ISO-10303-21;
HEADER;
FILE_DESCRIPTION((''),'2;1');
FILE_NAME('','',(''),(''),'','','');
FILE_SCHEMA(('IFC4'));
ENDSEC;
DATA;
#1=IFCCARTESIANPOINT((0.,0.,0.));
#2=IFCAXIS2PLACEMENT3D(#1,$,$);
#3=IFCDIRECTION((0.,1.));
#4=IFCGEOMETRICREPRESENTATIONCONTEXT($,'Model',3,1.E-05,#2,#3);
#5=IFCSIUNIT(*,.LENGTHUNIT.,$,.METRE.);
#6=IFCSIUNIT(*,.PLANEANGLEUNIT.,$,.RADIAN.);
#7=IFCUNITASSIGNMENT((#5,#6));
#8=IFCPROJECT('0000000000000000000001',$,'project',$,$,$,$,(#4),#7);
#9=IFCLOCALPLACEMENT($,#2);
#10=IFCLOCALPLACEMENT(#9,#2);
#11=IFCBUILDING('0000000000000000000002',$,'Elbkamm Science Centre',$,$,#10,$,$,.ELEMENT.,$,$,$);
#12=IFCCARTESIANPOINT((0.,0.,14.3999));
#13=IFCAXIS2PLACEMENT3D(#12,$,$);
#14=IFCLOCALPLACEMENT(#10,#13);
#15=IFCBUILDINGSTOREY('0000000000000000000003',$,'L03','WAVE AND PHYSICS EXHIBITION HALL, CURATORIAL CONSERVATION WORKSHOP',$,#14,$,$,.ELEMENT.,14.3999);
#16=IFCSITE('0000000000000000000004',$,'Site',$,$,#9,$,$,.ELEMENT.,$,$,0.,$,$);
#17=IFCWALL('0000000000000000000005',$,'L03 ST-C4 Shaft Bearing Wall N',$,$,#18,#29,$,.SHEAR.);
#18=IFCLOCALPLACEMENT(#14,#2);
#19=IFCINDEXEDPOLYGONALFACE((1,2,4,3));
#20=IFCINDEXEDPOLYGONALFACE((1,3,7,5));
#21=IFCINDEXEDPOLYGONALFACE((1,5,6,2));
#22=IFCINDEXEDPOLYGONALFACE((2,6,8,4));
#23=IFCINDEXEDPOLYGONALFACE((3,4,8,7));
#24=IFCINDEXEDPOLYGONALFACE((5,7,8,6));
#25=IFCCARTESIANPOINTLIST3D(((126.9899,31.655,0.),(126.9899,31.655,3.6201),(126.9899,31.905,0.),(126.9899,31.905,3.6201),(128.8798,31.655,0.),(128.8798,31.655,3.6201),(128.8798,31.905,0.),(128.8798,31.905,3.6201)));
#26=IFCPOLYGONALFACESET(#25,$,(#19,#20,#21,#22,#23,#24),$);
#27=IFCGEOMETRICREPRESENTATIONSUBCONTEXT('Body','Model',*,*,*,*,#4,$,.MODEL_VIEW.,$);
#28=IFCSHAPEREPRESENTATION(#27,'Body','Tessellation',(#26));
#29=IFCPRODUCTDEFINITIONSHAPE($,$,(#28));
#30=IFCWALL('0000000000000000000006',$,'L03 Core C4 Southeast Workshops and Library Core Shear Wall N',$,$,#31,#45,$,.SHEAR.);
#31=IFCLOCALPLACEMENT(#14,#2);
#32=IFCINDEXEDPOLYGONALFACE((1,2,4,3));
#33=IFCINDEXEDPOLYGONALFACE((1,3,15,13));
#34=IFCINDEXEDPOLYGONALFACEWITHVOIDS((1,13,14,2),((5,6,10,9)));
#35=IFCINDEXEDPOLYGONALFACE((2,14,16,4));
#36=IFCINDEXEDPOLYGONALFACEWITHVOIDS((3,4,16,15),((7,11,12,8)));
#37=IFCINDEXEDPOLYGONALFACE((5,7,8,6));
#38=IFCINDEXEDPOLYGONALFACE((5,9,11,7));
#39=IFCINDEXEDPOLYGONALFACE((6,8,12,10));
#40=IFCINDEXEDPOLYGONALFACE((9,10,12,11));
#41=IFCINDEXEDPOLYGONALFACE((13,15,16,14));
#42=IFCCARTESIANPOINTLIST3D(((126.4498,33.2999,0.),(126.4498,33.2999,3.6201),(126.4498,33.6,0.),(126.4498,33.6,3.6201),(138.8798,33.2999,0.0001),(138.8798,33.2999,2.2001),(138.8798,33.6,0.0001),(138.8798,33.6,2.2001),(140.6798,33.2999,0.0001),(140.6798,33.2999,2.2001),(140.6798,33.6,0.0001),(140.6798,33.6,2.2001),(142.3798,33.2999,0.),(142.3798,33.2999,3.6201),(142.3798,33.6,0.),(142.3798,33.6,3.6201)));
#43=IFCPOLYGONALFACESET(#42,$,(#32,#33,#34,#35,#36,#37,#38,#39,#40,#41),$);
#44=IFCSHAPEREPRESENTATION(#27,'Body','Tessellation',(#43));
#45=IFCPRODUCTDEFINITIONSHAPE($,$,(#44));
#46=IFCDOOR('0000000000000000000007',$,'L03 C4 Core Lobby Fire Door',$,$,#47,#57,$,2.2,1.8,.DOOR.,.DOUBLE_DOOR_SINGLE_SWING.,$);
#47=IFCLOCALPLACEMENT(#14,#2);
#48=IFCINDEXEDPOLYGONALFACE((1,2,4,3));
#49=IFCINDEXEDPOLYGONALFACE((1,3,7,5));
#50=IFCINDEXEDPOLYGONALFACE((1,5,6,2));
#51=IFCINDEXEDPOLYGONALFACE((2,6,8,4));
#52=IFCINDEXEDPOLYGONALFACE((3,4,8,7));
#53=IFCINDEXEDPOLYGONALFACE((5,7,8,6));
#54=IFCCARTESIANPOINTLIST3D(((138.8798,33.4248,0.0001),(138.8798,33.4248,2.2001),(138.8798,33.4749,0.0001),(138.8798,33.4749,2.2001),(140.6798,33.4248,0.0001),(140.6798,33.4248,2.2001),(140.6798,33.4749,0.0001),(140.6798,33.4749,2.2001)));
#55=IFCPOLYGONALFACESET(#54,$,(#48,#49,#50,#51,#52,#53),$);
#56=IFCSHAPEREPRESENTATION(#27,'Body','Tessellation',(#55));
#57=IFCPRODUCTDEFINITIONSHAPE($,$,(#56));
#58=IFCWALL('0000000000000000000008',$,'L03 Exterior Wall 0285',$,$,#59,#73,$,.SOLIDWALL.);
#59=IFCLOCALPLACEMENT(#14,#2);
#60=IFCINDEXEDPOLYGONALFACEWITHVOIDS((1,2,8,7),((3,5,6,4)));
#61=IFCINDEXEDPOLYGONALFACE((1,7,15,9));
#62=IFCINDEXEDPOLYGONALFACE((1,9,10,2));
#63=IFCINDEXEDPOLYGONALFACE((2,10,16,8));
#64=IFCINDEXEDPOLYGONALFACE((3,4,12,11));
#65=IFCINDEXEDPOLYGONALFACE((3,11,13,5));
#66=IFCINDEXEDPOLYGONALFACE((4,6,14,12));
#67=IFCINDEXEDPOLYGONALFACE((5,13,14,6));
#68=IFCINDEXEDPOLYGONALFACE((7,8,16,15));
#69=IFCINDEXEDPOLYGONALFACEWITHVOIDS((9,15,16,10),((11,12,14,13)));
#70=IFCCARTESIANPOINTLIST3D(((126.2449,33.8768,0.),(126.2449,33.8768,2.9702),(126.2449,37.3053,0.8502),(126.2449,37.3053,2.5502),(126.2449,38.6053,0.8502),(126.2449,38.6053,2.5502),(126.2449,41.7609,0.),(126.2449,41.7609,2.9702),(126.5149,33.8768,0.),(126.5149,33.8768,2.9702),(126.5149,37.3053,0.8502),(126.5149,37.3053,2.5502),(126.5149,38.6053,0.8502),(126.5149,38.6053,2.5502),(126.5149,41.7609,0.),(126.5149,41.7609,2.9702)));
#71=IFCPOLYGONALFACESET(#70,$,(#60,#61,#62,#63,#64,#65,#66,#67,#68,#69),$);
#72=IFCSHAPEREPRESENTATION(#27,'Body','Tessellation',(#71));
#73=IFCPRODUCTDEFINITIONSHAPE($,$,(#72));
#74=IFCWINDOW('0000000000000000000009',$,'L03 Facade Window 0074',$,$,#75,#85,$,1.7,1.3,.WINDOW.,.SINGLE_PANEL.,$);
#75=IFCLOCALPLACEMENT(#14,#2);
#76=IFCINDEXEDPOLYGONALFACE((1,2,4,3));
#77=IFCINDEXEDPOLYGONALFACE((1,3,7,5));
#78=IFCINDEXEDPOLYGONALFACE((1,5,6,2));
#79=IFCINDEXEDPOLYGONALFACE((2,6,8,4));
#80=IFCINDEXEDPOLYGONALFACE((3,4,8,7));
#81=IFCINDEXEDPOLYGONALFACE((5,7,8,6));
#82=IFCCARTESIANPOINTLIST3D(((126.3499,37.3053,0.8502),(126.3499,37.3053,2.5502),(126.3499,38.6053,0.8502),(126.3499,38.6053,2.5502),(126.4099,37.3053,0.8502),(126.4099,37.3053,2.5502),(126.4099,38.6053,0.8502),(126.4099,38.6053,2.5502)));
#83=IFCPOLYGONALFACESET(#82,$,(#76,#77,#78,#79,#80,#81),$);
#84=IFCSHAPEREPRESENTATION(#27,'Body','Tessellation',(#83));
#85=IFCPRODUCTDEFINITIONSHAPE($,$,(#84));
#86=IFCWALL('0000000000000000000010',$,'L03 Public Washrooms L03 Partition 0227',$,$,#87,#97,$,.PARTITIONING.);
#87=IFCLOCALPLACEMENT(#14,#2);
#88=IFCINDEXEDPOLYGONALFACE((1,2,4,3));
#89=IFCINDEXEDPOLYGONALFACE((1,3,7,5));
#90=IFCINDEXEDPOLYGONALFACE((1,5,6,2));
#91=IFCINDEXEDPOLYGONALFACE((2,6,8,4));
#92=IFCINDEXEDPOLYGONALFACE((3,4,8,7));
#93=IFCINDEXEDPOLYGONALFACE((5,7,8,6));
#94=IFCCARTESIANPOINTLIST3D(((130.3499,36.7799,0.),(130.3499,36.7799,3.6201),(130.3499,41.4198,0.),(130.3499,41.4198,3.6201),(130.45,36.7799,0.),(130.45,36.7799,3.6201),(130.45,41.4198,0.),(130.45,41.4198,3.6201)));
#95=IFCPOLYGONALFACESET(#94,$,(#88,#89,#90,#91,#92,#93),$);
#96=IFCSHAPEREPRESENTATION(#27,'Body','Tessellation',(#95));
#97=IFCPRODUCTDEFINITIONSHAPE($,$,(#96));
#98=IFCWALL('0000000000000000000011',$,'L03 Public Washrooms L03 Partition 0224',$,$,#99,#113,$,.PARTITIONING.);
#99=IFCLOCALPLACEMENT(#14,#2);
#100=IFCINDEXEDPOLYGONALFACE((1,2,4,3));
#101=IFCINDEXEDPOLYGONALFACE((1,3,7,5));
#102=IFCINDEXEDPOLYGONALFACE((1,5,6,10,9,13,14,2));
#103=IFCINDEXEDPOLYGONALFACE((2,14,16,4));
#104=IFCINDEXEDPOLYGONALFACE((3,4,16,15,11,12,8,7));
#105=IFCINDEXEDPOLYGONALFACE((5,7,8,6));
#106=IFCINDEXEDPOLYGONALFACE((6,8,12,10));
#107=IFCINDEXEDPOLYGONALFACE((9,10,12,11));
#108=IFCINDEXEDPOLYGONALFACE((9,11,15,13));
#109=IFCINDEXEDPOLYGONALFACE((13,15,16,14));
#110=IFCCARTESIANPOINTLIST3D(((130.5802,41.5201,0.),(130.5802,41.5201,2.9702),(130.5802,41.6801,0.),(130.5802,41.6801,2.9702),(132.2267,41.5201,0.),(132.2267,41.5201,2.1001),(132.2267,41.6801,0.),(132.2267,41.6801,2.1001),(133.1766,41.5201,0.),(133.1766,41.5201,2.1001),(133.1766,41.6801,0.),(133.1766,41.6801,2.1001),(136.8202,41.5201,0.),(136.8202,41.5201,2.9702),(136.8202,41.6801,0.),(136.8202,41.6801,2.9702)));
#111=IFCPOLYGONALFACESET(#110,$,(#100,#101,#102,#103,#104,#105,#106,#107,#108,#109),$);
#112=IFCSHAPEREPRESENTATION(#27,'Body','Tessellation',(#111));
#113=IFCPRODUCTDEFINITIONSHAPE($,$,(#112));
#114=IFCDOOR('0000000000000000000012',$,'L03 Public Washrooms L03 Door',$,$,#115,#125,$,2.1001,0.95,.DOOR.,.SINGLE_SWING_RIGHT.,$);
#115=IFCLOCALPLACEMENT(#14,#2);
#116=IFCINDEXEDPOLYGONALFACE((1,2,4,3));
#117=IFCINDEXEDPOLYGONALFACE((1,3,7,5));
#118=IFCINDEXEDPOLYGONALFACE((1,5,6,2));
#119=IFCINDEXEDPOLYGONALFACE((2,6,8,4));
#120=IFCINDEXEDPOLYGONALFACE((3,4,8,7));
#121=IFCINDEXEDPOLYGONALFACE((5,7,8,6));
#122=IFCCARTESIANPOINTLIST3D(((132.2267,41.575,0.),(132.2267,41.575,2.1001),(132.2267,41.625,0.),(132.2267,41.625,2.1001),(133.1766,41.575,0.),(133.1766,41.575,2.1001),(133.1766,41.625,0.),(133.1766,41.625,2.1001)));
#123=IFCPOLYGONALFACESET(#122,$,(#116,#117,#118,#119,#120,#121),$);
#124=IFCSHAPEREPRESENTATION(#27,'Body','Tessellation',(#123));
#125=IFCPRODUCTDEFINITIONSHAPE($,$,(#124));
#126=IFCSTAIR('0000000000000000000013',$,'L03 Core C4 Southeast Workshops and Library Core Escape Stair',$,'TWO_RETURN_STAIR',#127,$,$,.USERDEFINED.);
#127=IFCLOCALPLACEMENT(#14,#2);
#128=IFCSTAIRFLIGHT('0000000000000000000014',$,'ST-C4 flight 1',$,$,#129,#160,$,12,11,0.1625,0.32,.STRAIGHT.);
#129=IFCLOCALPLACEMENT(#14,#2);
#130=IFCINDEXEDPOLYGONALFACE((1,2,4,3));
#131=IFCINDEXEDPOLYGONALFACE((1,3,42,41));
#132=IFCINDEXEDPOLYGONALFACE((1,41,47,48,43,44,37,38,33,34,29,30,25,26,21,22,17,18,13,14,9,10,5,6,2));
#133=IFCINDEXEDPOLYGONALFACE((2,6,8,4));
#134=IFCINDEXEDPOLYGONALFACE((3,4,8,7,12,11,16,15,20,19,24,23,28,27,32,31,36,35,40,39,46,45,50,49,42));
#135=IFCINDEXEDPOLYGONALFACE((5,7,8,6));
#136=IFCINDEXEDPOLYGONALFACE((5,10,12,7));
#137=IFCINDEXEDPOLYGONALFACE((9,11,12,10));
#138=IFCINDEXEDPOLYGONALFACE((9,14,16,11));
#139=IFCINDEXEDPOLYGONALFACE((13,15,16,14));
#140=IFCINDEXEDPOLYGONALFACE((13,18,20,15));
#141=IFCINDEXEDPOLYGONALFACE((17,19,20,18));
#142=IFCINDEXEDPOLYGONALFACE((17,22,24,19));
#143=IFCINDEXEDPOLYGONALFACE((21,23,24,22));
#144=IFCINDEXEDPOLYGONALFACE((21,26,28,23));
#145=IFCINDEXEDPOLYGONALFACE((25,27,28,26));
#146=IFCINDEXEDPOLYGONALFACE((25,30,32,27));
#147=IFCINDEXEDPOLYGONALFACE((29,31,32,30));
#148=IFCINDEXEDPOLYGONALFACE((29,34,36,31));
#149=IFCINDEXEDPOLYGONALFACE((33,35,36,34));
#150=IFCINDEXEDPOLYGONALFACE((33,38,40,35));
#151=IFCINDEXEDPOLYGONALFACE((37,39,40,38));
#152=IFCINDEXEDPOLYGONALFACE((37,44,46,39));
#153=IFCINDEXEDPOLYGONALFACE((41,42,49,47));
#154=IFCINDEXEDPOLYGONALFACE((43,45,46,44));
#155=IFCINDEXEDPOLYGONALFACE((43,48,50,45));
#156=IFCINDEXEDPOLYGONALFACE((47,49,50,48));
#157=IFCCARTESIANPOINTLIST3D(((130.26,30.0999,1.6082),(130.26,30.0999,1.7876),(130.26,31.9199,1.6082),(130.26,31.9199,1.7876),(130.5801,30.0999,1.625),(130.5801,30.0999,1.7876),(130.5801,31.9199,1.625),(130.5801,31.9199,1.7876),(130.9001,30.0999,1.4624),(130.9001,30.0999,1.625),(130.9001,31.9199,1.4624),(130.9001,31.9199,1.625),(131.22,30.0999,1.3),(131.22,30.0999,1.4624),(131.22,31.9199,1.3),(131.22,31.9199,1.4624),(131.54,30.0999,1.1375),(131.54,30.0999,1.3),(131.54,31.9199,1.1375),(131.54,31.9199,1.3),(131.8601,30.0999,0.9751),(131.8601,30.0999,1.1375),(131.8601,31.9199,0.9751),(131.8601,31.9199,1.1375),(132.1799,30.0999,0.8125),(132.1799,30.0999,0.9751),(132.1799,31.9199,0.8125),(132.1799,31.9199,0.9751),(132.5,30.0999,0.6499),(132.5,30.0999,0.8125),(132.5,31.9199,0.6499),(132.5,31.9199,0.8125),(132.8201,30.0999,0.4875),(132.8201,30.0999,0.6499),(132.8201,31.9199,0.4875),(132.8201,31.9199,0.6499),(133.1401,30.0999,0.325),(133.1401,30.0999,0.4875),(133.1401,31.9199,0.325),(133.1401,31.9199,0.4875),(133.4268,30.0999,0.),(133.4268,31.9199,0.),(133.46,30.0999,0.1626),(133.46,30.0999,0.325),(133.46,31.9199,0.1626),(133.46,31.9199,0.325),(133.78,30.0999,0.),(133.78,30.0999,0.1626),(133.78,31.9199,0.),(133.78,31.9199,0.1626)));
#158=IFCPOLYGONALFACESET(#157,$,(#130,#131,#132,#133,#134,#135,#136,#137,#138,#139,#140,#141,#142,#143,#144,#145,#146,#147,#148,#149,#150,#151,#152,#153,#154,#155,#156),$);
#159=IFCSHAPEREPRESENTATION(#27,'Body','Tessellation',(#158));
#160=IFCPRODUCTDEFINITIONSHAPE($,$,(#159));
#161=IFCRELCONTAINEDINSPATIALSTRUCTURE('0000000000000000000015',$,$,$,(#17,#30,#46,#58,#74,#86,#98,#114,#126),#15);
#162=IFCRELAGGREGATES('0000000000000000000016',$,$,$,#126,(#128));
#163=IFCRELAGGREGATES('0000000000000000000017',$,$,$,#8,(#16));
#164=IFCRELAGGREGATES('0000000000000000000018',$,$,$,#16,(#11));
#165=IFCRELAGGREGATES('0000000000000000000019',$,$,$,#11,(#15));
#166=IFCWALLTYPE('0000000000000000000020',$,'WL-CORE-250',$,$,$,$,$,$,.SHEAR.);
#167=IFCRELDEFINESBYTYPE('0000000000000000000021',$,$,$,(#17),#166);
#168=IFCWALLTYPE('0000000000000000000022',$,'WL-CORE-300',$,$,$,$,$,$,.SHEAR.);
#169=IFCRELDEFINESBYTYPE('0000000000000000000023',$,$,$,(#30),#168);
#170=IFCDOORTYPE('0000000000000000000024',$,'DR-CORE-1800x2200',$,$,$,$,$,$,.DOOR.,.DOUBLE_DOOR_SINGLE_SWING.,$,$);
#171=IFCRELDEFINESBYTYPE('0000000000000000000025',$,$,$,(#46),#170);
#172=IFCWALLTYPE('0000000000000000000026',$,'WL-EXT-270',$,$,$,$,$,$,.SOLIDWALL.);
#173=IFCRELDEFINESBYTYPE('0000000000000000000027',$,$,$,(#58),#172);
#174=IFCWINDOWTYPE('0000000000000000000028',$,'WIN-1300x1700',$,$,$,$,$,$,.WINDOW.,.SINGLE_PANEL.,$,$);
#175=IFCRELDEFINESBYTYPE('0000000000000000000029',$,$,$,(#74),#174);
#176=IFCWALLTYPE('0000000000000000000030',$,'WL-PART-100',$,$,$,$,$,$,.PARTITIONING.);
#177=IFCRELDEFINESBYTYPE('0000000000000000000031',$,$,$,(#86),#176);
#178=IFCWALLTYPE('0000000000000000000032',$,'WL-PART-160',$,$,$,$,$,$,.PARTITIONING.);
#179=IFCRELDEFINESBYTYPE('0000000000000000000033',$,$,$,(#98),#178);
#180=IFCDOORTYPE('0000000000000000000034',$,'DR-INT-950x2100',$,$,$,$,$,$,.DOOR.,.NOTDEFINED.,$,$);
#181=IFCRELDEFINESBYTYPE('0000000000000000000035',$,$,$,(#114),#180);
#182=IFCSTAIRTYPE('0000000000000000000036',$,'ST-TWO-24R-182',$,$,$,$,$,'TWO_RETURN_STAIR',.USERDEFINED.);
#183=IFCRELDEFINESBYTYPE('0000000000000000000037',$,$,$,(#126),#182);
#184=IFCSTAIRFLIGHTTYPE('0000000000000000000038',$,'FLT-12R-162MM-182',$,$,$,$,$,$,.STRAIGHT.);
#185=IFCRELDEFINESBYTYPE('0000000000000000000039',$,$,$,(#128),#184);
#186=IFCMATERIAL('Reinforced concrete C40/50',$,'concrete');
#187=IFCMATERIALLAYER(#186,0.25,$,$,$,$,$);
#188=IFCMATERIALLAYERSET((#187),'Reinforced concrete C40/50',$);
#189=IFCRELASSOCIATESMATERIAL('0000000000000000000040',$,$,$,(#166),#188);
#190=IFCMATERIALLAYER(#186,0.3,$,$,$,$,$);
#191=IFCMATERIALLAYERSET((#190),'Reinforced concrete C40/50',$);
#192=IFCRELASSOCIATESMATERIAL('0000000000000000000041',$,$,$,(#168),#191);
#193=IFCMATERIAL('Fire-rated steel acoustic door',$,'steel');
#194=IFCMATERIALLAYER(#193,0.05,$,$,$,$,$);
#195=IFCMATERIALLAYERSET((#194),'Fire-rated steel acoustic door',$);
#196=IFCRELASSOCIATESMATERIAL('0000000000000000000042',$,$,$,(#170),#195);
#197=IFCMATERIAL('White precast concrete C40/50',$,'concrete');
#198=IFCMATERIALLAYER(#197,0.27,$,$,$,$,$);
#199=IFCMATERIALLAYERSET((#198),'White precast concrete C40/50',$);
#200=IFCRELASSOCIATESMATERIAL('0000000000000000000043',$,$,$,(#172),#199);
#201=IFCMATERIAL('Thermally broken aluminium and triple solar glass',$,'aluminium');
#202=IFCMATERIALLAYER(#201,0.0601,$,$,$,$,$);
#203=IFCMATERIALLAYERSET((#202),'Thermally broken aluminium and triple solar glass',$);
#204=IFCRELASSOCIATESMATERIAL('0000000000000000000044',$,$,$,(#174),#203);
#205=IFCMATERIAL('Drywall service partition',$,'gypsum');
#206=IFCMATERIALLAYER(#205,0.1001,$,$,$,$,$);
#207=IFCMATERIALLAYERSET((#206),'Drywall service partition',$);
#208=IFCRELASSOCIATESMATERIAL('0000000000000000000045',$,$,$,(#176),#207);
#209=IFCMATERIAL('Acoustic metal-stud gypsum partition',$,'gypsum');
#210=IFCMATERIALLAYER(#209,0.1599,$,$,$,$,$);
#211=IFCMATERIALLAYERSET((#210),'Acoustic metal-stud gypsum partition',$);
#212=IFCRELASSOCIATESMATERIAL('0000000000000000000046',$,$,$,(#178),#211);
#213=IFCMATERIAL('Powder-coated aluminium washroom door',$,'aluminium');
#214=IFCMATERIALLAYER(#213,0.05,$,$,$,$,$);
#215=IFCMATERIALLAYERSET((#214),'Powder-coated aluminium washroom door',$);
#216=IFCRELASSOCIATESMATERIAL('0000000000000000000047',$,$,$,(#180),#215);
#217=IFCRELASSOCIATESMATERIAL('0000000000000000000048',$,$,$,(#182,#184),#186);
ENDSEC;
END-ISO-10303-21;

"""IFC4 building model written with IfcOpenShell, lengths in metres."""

from ifc_helpers import new_model, si_unit, direction, frame, frame_2d, origin, place, context, subcontext, project, spatial, polyline, rectangle, outline, extrude, material, layer, layer_set, type_object, element, fill, aggregate, save


model = new_model("IFC4")

# Units and contexts
model_context = context("Model", 3, precision=1e-05, world=origin(), true_north=direction((0.0, 1.0)))
body_context = subcontext(model_context, "Body", "Model", "MODEL_VIEW")
ifc_project = project(units=[si_unit("LENGTHUNIT", "METRE"), si_unit("PLANEANGLEUNIT", "RADIAN")], contexts=[model_context])

# Site, building, storey
site_placement = place(None, origin())
site = spatial("IfcSite", under=ifc_project, at=site_placement, Name="Site", CompositionType="ELEMENT", RefElevation=0.0)
building_placement = place(site_placement, origin())
building = spatial("IfcBuilding", under=site, at=building_placement, Name="Elbkamm Science Centre", CompositionType="ELEMENT")
storey_placement = place(building_placement, frame((0.0, 0.0, 14.3999)))
storey = spatial("IfcBuildingStorey", under=building, at=storey_placement, Name="L03", Description="WAVE AND PHYSICS EXHIBITION HALL, CURATORIAL CONSERVATION WORKSHOP", CompositionType="ELEMENT", Elevation=14.3999)

# Wall
ifc_material_1 = material(Name="Reinforced concrete C40/50", Category="concrete")
ifc_layer_1 = layer(ifc_material_1, 0.25)
ifc_layer_set_1 = layer_set([ifc_layer_1], Name="Reinforced concrete C40/50")
wall_type_1 = type_object("IfcWallType", Name="WL-CORE-250", PredefinedType="SHEAR", material=ifc_layer_set_1)
wall_1_placement = place(storey_placement, frame((126.99, 31.78, 0.0), z_axis=(0.0, 0.0, 1.0), x_axis=(1.0, 0.0, 0.0)))
element("IfcWall", 1, at=wall_1_placement, inside=storey, type_object=wall_type_1, Name="L03 ST-C4 Shaft Bearing Wall N", PredefinedType="SHEAR", context=body_context, shape_type="SweptSolid", body=[
    extrude(rectangle(XDim=1.8899, YDim=0.25, at=frame_2d((0.9448, 0.0))), origin(), (0.0, 0.0, 1.0), 3.6201),
])

# Wall, opening, door
ifc_layer_2 = layer(ifc_material_1, 0.3)
ifc_layer_set_2 = layer_set([ifc_layer_2], Name="Reinforced concrete C40/50")
wall_type_2 = type_object("IfcWallType", Name="WL-CORE-300", PredefinedType="SHEAR", material=ifc_layer_set_2)
wall_2_placement = place(storey_placement, frame((126.45, 33.45, 0.0), z_axis=(0.0, 0.0, 1.0), x_axis=(1.0, 0.0, 0.0)))
wall_2 = element("IfcWall", 2, at=wall_2_placement, inside=storey, type_object=wall_type_2, Name="L03 Core C4 Southeast Workshops and Library Core Shear Wall N", PredefinedType="SHEAR", context=body_context, shape_type="SweptSolid", body=[
    extrude(rectangle(XDim=15.9299, YDim=0.3, at=frame_2d((7.9648, 0.0))), origin(), (0.0, 0.0, 1.0), 3.6201),
])
opening_1_placement = place(wall_2_placement, frame((12.4299, 0.0, 0.0)))
opening_1 = element("IfcOpeningElement", 3, at=opening_1_placement, cuts=wall_2, PredefinedType="OPENING", context=body_context, shape_type="SweptSolid", body=[
    extrude(rectangle(XDim=1.8, YDim=2.2, at=frame_2d((0.8999, 1.1001))), frame((0.0, 0.1621, 0.0), z_axis=(0.0, -1.0, 0.0), x_axis=(1.0, 0.0, 0.0)), (0.0, 0.0, 1.0), 0.324),
])
ifc_material_2 = material(Name="Fire-rated steel acoustic door", Category="steel")
ifc_layer_3 = layer(ifc_material_2, 0.05)
ifc_layer_set_3 = layer_set([ifc_layer_3], Name="Fire-rated steel acoustic door")
door_type_1 = type_object("IfcDoorType", Name="DR-CORE-1800x2200", OperationType="DOUBLE_DOOR_SINGLE_SWING", PredefinedType="DOOR", material=ifc_layer_set_3)
door_1_placement = place(opening_1_placement, origin())
door_1 = element("IfcDoor", 4, at=door_1_placement, inside=storey, type_object=door_type_1, Name="L03 C4 Core Lobby Fire Door", OperationType="DOUBLE_DOOR_SINGLE_SWING", OverallHeight=2.2, OverallWidth=1.8, PredefinedType="DOOR", context=body_context, shape_type="SweptSolid", body=[
    extrude(rectangle(XDim=1.8, YDim=2.2, at=frame_2d((0.8999, 1.1001))), frame((0.0, 0.0249, 0.0), z_axis=(0.0, -1.0, 0.0), x_axis=(1.0, 0.0, 0.0)), (0.0, 0.0, 1.0), 0.05),
])
fill(opening_1, door_1)

# Wall, opening, window
ifc_material_3 = material(Name="White precast concrete C40/50", Category="concrete")
ifc_layer_4 = layer(ifc_material_3, 0.27)
ifc_layer_set_4 = layer_set([ifc_layer_4], Name="White precast concrete C40/50")
wall_type_3 = type_object("IfcWallType", Name="WL-EXT-270", PredefinedType="SOLIDWALL", material=ifc_layer_set_4)
wall_3_placement = place(storey_placement, frame((126.3799, 33.877, 0.0), z_axis=(0.0, 0.0, 1.0), x_axis=(0.0, 1.0, 0.0)))
wall_3 = element("IfcWall", 5, at=wall_3_placement, inside=storey, type_object=wall_type_3, Name="L03 Exterior Wall 0285", PredefinedType="SOLIDWALL", context=body_context, shape_type="SweptSolid", body=[
    extrude(rectangle(XDim=7.884, YDim=0.27, at=frame_2d((3.9419, 0.0))), origin(), (0.0, 0.0, 1.0), 2.9702),
])
opening_2_placement = place(wall_3_placement, frame((3.4285, 0.0, 0.8501)))
opening_2 = element("IfcOpeningElement", 6, at=opening_2_placement, cuts=wall_3, PredefinedType="OPENING", context=body_context, shape_type="SweptSolid", body=[
    extrude(rectangle(XDim=1.3, YDim=1.7, at=frame_2d((0.6499, 0.8501))), frame((0.0, 0.147, 0.0), z_axis=(0.0, -1.0, 0.0), x_axis=(1.0, 0.0, 0.0)), (0.0, 0.0, 1.0), 0.2939),
])
ifc_material_4 = material(Name="Thermally broken aluminium and triple solar glass", Category="aluminium")
ifc_layer_5 = layer(ifc_material_4, 0.0601)
ifc_layer_set_5 = layer_set([ifc_layer_5], Name="Thermally broken aluminium and triple solar glass")
window_type = type_object("IfcWindowType", Name="WIN-1300x1700", PartitioningType="SINGLE_PANEL", PredefinedType="WINDOW", material=ifc_layer_set_5)
window_placement = place(opening_2_placement, origin())
window = element("IfcWindow", 7, at=window_placement, inside=storey, type_object=window_type, Name="L03 Facade Window 0074", OverallHeight=1.7, OverallWidth=1.3, PartitioningType="SINGLE_PANEL", PredefinedType="WINDOW", context=body_context, shape_type="SweptSolid", body=[
    extrude(rectangle(XDim=1.3, YDim=1.7, at=frame_2d((0.6499, 0.8501))), frame((0.0, 0.03, 0.0), z_axis=(0.0, -1.0, 0.0), x_axis=(1.0, 0.0, 0.0)), (0.0, 0.0, 1.0), 0.0601),
])
fill(opening_2, window)

# Wall
ifc_material_5 = material(Name="Drywall service partition", Category="gypsum")
ifc_layer_6 = layer(ifc_material_5, 0.1001)
ifc_layer_set_6 = layer_set([ifc_layer_6], Name="Drywall service partition")
wall_type_4 = type_object("IfcWallType", Name="WL-PART-100", PredefinedType="PARTITIONING", material=ifc_layer_set_6)
wall_4_placement = place(storey_placement, frame((130.3999, 36.78, 0.0), z_axis=(0.0, 0.0, 1.0), x_axis=(0.0, 1.0, 0.0)))
element("IfcWall", 8, at=wall_4_placement, inside=storey, type_object=wall_type_4, Name="L03 Public Washrooms L03 Partition 0227", PredefinedType="PARTITIONING", context=body_context, shape_type="SweptSolid", body=[
    extrude(rectangle(XDim=4.6399, YDim=0.1001, at=frame_2d((2.3198, 0.0))), origin(), (0.0, 0.0, 1.0), 3.6201),
])

# Wall, opening, door
ifc_material_6 = material(Name="Acoustic metal-stud gypsum partition", Category="gypsum")
ifc_layer_7 = layer(ifc_material_6, 0.1599)
ifc_layer_set_7 = layer_set([ifc_layer_7], Name="Acoustic metal-stud gypsum partition")
wall_type_5 = type_object("IfcWallType", Name="WL-PART-160", PredefinedType="PARTITIONING", material=ifc_layer_set_7)
wall_5_placement = place(storey_placement, frame((130.5801, 41.6001, 0.0), z_axis=(0.0, 0.0, 1.0), x_axis=(1.0, 0.0, 0.0)))
wall_5 = element("IfcWall", 9, at=wall_5_placement, inside=storey, type_object=wall_type_5, Name="L03 Public Washrooms L03 Partition 0224", PredefinedType="PARTITIONING", context=body_context, shape_type="SweptSolid", body=[
    extrude(rectangle(XDim=6.24, YDim=0.1599, at=frame_2d((3.1201, 0.0))), origin(), (0.0, 0.0, 1.0), 2.9702),
])
opening_3_placement = place(wall_5_placement, frame((1.6465, 0.0, 0.0)))
opening_3 = element("IfcOpeningElement", 10, at=opening_3_placement, cuts=wall_5, PredefinedType="OPENING", context=body_context, shape_type="SweptSolid", body=[
    extrude(rectangle(XDim=0.95, YDim=2.1001, at=frame_2d((0.4751, 1.05))), frame((0.0, 0.0918, 0.0), z_axis=(0.0, -1.0, 0.0), x_axis=(1.0, 0.0, 0.0)), (0.0, 0.0, 1.0), 0.1838),
])
ifc_material_7 = material(Name="Powder-coated aluminium washroom door", Category="aluminium")
ifc_layer_8 = layer(ifc_material_7, 0.05)
ifc_layer_set_8 = layer_set([ifc_layer_8], Name="Powder-coated aluminium washroom door")
door_type_2 = type_object("IfcDoorType", Name="DR-INT-950x2100", OperationType="NOTDEFINED", PredefinedType="DOOR", material=ifc_layer_set_8)
door_2_placement = place(opening_3_placement, origin())
door_2 = element("IfcDoor", 11, at=door_2_placement, inside=storey, type_object=door_type_2, Name="L03 Public Washrooms L03 Door", OperationType="SINGLE_SWING_RIGHT", OverallHeight=2.1001, OverallWidth=0.95, PredefinedType="DOOR", context=body_context, shape_type="SweptSolid", body=[
    extrude(rectangle(XDim=0.95, YDim=2.1001, at=frame_2d((0.4751, 1.05))), frame((0.0, 0.0249, 0.0), z_axis=(0.0, -1.0, 0.0), x_axis=(1.0, 0.0, 0.0)), (0.0, 0.0, 1.0), 0.05),
])
fill(opening_3, door_2)

# Stair, stair flight
stair_type = type_object("IfcStairType", Name="ST-TWO-24R-182", ElementType="TWO_RETURN_STAIR", PredefinedType="USERDEFINED", material=ifc_material_1)
stair_placement = place(storey_placement, origin())
stair = element("IfcStair", 12, at=stair_placement, inside=storey, type_object=stair_type, Name="L03 Core C4 Southeast Workshops and Library Core Escape Stair", ObjectType="TWO_RETURN_STAIR", PredefinedType="USERDEFINED")
stair_flight_type = type_object("IfcStairFlightType", Name="FLT-12R-162MM-182", PredefinedType="STRAIGHT", material=ifc_material_1)
stair_flight_placement = place(storey_placement, frame((133.78, 31.01, 0.0), z_axis=(0.0, 0.0, 1.0), x_axis=(-1.0, 0.0, 0.0)))
stair_flight = element("IfcStairFlight", 13, at=stair_flight_placement, type_object=stair_flight_type, Name="ST-C4 flight 1", NumberOfRisers=12, NumberOfTreads=11, PredefinedType="STRAIGHT", RiserHeight=0.1625, TreadLength=0.32, context=body_context, shape_type="SweptSolid", body=[
    extrude(outline(polyline([(0.0, 0.0), (0.0, 0.1626), (0.3201, 0.1626), (0.3201, 0.325), (0.6399, 0.325), (0.6399, 0.4875), (0.96, 0.4875), (0.96, 0.6499), (1.28, 0.6499), (1.28, 0.8125), (1.6001, 0.8125), (1.6001, 0.9751), (1.9199, 0.9751), (1.9199, 1.1375), (2.24, 1.1375), (2.24, 1.3), (2.5601, 1.3), (2.5601, 1.4624), (2.8799, 1.4624), (2.8799, 1.625), (3.2, 1.625), (3.2, 1.7876), (3.52, 1.7876), (3.52, 1.95), (3.52, 1.6082), (0.3533, 0.0), (0.0, 0.0)])), frame((0.0, 0.9102, 0.0), z_axis=(0.0, -1.0, 0.0), x_axis=(1.0, 0.0, 0.0)), (0.0, 0.0, 1.0), 1.8201),
])
aggregate(stair, [stair_flight])

save(model, "model.ifc")
